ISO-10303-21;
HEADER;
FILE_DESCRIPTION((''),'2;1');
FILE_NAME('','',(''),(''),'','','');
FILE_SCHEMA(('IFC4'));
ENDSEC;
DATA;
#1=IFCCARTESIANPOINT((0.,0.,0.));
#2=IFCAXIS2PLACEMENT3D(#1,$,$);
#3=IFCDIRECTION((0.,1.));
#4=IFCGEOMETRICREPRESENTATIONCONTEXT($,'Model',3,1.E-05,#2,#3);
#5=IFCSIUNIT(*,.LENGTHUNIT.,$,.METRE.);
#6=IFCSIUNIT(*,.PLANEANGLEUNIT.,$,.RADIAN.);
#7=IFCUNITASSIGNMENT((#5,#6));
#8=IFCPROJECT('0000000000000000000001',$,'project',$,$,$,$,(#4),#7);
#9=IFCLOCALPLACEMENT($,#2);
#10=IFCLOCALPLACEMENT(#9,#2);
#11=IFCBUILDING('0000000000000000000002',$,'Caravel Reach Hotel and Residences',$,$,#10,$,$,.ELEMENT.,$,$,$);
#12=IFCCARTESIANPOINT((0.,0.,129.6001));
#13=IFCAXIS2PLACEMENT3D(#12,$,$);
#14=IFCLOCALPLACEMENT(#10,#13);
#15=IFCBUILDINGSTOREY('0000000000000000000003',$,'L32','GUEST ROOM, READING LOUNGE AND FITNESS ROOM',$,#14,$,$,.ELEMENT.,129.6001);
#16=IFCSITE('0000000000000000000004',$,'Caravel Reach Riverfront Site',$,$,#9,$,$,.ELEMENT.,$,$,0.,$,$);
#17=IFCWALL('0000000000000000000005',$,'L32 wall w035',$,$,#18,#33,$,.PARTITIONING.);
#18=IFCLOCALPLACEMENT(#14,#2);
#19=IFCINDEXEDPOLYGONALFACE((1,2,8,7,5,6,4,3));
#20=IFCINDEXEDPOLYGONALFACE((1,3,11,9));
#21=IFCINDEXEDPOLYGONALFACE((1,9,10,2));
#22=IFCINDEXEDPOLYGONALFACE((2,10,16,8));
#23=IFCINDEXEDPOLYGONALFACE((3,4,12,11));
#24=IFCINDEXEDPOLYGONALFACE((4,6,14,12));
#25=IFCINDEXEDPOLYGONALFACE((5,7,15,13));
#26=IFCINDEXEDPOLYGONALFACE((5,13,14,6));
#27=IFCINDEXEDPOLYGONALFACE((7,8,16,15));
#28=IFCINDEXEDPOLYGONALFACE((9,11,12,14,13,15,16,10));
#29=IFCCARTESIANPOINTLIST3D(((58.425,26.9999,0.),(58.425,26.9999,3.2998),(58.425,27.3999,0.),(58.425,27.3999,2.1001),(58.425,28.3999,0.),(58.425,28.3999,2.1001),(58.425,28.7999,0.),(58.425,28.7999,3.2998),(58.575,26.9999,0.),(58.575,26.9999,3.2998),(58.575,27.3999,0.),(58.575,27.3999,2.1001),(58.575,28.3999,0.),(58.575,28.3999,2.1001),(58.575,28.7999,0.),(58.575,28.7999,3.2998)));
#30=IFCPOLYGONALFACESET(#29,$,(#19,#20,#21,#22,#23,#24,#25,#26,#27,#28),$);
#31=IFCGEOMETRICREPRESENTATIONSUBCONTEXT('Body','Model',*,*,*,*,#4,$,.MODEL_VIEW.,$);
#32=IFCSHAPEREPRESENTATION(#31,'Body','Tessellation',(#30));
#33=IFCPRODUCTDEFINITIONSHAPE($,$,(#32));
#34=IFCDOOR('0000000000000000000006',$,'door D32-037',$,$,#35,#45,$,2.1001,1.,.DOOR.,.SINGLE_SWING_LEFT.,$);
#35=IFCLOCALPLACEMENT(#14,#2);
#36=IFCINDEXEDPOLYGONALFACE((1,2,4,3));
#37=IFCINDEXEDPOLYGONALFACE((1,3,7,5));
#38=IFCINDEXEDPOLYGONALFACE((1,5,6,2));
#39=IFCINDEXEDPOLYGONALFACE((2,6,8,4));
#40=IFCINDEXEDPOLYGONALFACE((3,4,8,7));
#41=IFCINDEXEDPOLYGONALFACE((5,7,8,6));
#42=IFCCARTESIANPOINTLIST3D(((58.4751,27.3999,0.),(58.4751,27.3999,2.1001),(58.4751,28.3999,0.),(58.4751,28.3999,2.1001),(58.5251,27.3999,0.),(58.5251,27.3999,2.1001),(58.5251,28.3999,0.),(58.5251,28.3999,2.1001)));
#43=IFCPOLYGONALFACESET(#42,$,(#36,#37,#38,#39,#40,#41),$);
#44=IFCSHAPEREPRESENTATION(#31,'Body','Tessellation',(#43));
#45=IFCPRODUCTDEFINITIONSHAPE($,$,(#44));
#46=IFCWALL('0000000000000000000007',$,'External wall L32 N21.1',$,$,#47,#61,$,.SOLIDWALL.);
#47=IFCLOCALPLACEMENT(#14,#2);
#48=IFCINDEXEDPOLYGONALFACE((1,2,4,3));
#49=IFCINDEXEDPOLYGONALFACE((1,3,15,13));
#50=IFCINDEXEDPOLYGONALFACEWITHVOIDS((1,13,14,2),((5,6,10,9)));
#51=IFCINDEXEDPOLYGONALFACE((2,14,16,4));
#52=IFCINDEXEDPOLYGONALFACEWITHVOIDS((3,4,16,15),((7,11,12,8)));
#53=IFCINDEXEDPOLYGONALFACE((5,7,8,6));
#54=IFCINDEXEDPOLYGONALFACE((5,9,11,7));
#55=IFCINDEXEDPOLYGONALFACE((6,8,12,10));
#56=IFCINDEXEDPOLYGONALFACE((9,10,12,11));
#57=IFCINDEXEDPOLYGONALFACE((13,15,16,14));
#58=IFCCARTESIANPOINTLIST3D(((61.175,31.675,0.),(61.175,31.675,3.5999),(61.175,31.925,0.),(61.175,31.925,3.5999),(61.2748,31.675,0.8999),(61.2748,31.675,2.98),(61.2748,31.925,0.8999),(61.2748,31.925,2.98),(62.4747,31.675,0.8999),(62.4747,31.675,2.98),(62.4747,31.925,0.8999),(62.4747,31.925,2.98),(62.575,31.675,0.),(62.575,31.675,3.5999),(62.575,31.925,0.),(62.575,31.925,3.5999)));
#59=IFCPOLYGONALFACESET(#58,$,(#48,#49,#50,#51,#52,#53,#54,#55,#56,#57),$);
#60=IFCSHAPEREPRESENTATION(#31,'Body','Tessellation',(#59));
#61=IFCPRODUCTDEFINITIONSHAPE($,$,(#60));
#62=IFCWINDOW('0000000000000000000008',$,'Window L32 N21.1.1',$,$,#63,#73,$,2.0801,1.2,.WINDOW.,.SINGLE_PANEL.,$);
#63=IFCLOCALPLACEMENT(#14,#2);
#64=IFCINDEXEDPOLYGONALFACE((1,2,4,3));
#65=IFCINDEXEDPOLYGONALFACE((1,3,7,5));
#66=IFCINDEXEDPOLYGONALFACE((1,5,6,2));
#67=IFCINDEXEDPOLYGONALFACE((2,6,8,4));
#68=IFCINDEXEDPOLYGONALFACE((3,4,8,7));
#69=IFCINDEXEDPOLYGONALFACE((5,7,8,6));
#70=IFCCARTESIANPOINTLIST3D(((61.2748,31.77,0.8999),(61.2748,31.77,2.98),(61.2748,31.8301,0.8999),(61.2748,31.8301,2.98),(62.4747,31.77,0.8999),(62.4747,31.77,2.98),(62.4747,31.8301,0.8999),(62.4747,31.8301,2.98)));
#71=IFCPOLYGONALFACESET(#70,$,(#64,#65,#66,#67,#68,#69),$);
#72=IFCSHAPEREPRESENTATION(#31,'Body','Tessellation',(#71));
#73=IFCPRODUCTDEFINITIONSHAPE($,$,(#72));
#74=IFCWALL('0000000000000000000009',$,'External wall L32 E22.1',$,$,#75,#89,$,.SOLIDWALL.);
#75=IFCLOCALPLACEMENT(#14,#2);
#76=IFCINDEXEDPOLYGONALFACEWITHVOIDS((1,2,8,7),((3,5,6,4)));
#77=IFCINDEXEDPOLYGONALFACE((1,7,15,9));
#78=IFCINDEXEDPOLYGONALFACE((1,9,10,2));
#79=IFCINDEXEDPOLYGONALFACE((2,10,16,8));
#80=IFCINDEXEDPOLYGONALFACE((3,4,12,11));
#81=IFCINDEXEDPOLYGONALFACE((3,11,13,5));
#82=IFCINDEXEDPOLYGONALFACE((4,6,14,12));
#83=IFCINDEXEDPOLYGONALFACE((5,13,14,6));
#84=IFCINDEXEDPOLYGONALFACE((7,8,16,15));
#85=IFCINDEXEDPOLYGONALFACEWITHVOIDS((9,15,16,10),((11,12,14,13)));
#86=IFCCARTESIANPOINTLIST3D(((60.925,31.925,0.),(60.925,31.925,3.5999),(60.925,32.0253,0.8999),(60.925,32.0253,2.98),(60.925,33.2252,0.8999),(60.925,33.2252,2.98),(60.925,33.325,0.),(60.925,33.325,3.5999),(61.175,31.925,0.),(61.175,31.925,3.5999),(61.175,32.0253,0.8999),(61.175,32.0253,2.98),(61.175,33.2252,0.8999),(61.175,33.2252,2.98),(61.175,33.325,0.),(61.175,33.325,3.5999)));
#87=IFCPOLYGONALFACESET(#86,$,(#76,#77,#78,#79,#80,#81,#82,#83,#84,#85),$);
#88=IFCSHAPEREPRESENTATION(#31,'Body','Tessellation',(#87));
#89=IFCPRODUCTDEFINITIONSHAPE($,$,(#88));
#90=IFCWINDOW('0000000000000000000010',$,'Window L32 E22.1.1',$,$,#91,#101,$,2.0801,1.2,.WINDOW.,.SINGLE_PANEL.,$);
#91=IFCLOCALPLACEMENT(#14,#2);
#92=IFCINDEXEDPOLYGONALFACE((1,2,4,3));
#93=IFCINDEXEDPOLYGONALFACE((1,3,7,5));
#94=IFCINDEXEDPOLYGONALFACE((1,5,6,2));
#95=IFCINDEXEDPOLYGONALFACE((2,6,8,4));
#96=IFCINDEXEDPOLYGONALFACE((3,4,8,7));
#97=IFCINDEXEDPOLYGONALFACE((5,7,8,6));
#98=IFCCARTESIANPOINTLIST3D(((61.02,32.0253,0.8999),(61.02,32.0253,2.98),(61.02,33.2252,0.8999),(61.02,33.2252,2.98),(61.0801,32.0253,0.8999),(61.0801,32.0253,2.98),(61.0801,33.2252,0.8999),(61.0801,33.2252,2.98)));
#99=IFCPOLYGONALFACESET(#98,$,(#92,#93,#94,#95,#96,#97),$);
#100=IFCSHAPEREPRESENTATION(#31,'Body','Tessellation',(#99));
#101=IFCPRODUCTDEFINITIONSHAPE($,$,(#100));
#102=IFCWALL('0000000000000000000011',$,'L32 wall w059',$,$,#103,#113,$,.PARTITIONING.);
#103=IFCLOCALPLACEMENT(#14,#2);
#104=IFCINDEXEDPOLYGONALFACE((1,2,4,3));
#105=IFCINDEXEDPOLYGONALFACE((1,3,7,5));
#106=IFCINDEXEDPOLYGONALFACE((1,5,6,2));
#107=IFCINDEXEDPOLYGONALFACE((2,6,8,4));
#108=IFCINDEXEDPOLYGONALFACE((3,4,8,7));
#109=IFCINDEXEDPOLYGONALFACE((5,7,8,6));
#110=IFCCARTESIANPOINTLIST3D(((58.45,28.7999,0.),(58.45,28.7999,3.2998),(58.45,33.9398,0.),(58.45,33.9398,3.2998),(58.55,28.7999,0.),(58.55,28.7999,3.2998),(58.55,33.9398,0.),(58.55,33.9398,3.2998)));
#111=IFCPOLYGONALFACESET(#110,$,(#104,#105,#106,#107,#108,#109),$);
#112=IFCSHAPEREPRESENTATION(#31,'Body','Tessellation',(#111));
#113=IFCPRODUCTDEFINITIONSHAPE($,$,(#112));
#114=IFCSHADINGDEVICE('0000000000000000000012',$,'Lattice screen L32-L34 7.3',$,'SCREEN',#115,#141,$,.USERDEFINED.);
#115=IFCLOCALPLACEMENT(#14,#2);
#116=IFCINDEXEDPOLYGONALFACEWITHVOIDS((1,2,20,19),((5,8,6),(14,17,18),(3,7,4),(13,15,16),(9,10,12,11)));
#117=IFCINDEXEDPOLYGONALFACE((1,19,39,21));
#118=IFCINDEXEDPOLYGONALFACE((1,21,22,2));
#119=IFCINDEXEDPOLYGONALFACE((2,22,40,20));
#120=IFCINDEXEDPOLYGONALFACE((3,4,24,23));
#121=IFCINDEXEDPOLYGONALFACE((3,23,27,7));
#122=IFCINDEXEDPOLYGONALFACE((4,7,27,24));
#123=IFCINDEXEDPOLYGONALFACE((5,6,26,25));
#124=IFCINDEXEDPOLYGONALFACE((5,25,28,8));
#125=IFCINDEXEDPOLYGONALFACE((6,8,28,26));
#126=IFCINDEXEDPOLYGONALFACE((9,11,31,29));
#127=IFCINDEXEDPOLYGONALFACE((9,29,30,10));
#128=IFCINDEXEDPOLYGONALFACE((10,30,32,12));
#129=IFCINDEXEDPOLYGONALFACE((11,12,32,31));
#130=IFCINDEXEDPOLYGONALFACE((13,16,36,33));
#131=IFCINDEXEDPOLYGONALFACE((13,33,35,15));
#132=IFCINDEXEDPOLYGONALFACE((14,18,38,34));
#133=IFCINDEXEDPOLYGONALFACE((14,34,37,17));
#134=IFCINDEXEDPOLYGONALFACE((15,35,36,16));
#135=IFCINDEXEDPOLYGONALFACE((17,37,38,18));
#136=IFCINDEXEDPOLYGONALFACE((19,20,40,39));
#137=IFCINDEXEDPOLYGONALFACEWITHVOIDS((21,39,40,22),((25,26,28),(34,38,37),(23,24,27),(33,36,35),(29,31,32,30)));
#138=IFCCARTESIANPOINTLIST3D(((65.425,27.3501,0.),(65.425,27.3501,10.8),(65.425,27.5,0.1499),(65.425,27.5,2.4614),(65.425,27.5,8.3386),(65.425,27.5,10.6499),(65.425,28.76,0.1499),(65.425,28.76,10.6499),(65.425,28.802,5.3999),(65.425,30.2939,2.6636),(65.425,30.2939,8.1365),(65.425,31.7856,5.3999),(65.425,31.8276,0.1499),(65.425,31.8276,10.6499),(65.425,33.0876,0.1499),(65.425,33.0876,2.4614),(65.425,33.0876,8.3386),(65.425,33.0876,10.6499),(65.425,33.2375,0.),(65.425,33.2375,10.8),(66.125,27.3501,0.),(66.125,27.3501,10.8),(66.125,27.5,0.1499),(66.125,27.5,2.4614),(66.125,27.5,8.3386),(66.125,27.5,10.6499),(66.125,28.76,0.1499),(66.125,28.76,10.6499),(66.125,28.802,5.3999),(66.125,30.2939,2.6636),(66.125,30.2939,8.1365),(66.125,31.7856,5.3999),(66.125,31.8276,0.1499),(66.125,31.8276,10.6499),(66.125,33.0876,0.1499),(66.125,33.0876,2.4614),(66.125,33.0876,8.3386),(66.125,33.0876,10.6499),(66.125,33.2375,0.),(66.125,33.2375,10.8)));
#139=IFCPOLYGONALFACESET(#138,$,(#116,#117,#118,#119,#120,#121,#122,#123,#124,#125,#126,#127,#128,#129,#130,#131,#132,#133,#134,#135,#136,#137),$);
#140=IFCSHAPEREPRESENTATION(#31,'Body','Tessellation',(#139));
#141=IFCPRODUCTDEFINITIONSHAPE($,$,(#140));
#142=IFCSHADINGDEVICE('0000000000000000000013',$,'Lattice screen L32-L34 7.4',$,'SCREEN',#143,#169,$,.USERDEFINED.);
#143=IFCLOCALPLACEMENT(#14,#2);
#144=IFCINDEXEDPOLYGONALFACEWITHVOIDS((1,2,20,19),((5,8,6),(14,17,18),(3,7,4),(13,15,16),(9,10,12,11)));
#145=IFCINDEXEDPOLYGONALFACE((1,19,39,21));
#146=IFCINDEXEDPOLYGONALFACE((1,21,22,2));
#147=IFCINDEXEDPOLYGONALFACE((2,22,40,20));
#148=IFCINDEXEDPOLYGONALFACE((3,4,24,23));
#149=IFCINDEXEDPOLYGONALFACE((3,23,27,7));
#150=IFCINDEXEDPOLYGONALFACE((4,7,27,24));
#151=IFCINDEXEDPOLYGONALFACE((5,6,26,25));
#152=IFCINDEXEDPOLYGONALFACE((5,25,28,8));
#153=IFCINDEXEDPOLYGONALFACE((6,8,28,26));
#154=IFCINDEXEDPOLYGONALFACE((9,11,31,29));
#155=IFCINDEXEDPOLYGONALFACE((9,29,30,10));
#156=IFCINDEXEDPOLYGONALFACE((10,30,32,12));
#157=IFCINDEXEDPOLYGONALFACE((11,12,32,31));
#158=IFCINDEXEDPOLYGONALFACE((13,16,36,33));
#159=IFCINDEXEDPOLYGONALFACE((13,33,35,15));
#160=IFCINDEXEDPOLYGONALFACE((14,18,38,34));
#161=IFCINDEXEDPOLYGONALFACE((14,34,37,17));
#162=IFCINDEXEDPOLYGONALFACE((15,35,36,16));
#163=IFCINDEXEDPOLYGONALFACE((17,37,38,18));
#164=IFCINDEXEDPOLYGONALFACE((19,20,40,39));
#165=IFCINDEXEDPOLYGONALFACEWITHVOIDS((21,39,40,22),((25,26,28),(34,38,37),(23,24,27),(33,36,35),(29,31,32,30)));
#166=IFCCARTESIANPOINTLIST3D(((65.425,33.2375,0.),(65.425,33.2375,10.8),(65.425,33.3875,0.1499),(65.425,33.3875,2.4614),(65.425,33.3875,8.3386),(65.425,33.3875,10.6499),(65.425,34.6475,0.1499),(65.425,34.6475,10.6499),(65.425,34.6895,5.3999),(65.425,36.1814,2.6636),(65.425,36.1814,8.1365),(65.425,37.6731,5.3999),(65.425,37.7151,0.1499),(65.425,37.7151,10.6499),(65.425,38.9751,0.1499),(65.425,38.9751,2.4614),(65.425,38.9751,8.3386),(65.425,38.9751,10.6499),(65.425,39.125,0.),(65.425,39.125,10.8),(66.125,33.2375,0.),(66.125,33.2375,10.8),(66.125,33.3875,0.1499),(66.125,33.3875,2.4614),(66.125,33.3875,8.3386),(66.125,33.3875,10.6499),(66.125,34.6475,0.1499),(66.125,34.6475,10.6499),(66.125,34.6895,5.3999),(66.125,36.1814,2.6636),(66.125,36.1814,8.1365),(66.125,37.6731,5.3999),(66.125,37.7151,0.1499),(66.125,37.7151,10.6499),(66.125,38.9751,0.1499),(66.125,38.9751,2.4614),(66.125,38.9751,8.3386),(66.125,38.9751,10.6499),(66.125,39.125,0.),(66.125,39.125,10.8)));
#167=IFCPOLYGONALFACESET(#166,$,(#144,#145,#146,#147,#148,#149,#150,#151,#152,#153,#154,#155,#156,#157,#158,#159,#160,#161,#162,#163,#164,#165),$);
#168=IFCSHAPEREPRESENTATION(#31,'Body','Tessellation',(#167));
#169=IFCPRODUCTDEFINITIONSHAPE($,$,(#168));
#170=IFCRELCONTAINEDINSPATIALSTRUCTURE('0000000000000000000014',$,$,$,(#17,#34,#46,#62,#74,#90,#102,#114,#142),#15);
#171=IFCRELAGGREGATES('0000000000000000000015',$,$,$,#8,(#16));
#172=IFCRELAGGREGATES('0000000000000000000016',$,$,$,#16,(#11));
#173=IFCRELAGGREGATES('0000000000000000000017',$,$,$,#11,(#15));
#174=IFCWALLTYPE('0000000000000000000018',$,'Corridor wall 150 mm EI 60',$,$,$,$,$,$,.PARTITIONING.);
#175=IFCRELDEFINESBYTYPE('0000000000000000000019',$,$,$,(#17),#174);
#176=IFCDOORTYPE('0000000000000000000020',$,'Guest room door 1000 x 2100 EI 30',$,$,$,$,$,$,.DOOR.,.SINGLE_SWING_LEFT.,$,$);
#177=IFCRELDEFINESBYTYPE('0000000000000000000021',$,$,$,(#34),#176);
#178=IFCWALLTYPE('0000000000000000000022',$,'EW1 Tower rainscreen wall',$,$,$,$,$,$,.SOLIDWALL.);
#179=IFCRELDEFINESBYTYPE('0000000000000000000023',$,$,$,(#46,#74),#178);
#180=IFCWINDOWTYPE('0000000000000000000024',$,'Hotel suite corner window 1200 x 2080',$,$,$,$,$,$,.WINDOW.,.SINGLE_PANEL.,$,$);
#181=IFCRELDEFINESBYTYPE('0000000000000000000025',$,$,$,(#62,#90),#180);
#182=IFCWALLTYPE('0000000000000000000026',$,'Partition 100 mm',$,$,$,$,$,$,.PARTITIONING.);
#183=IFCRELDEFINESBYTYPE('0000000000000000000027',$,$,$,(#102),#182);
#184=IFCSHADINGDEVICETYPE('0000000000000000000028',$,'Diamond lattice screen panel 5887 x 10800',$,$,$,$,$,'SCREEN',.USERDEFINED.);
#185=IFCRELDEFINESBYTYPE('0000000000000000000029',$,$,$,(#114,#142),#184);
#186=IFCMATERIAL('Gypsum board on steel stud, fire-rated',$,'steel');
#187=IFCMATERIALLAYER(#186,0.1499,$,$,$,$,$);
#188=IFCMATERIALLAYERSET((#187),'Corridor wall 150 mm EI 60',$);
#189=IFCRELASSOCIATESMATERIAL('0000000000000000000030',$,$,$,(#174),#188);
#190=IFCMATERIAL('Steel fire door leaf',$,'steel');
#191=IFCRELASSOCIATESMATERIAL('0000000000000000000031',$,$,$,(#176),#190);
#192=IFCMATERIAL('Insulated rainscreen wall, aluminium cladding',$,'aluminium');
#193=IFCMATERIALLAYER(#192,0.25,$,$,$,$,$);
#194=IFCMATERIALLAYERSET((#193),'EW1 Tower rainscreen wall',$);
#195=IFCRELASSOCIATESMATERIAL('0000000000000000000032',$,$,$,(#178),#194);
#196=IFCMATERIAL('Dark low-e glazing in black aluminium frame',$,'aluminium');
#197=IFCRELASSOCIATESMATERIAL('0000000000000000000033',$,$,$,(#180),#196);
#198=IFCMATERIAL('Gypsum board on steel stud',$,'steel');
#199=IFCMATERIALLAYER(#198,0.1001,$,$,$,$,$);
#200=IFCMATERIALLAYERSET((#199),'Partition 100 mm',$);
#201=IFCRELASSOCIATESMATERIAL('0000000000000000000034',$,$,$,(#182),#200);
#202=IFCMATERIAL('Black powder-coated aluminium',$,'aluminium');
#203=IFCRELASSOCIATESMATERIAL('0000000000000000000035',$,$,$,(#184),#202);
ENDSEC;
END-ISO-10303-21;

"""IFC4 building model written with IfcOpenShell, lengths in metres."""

from ifc_helpers import new_model, si_unit, direction, frame, frame_2d, origin, place, context, subcontext, project, spatial, polyline, rectangle, outline, extrude, material, layer, layer_set, type_object, element, fill, save


model = new_model("IFC4")

# Units and contexts
model_context = context("Model", 3, precision=1e-05, world=origin(), true_north=direction((0.0, 1.0)))
body_context = subcontext(model_context, "Body", "Model", "MODEL_VIEW")
ifc_project = project(units=[si_unit("LENGTHUNIT", "METRE"), si_unit("PLANEANGLEUNIT", "RADIAN")], contexts=[model_context])

# Site, building, storey
site_placement = place(None, origin())
site = spatial("IfcSite", under=ifc_project, at=site_placement, Name="Caravel Reach Riverfront Site", CompositionType="ELEMENT", RefElevation=0.0)
building_placement = place(site_placement, origin())
building = spatial("IfcBuilding", under=site, at=building_placement, Name="Caravel Reach Hotel and Residences", CompositionType="ELEMENT")
storey_placement = place(building_placement, frame((0.0, 0.0, 129.6001)))
storey = spatial("IfcBuildingStorey", under=building, at=storey_placement, Name="L32", Description="GUEST ROOM, READING LOUNGE AND FITNESS ROOM", CompositionType="ELEMENT", Elevation=129.6001)

# Wall, opening, door
ifc_material_1 = material(Name="Gypsum board on steel stud, fire-rated", Category="steel")
ifc_layer_1 = layer(ifc_material_1, 0.1499)
ifc_layer_set_1 = layer_set([ifc_layer_1], Name="Corridor wall 150 mm EI 60")
wall_type_1 = type_object("IfcWallType", Name="Corridor wall 150 mm EI 60", PredefinedType="PARTITIONING", material=ifc_layer_set_1)
wall_1_placement = place(storey_placement, frame((58.5, 27.0, 0.0), z_axis=(0.0, 0.0, 1.0), x_axis=(0.0, 1.0, 0.0)))
wall_1 = element("IfcWall", 1, at=wall_1_placement, inside=storey, type_object=wall_type_1, Name="L32 wall w035", PredefinedType="PARTITIONING", context=body_context, shape_type="SweptSolid", body=[
    extrude(rectangle(XDim=1.8, YDim=0.1499, at=frame_2d((0.8999, 0.0))), origin(), (0.0, 0.0, 1.0), 3.2998),
])
opening_1_placement = place(wall_1_placement, frame((0.3999, 0.0, 0.0)))
opening_1 = element("IfcOpeningElement", 2, at=opening_1_placement, cuts=wall_1, PredefinedType="OPENING", context=body_context, shape_type="SweptSolid", body=[
    extrude(rectangle(XDim=1.0, YDim=2.1001, at=frame_2d((0.5, 1.05))), frame((0.0, 0.085, 0.0), z_axis=(0.0, -1.0, 0.0), x_axis=(1.0, 0.0, 0.0)), (0.0, 0.0, 1.0), 0.1699),
])
ifc_material_2 = material(Name="Steel fire door leaf", Category="steel")
door_type = type_object("IfcDoorType", Name="Guest room door 1000 x 2100 EI 30", OperationType="SINGLE_SWING_LEFT", PredefinedType="DOOR", material=ifc_material_2)
door_placement = place(opening_1_placement, origin())
door = element("IfcDoor", 3, at=door_placement, inside=storey, type_object=door_type, Name="door D32-037", OperationType="SINGLE_SWING_LEFT", OverallHeight=2.1001, OverallWidth=1.0, PredefinedType="DOOR", context=body_context, shape_type="SweptSolid", body=[
    extrude(rectangle(XDim=1.0, YDim=2.1001, at=frame_2d((0.5, 1.05))), frame((0.0, 0.0249, 0.0), z_axis=(0.0, -1.0, 0.0), x_axis=(1.0, 0.0, 0.0)), (0.0, 0.0, 1.0), 0.05),
])
fill(opening_1, door)

# Walls, openings, windows
ifc_material_3 = material(Name="Insulated rainscreen wall, aluminium cladding", Category="aluminium")
ifc_layer_2 = layer(ifc_material_3, 0.25)
ifc_layer_set_2 = layer_set([ifc_layer_2], Name="EW1 Tower rainscreen wall")
wall_type_2 = type_object("IfcWallType", Name="EW1 Tower rainscreen wall", PredefinedType="SOLIDWALL", material=ifc_layer_set_2)
wall_2_placement = place(storey_placement, frame((62.575, 31.8, 0.0), z_axis=(0.0, 0.0, 1.0), x_axis=(-1.0, 0.0, 0.0)))
wall_2 = element("IfcWall", 4, at=wall_2_placement, inside=storey, type_object=wall_type_2, Name="External wall L32 N21.1", PredefinedType="SOLIDWALL", context=body_context, shape_type="SweptSolid", body=[
    extrude(rectangle(XDim=1.3999, YDim=0.25, at=frame_2d((0.7, 0.0))), origin(), (0.0, 0.0, 1.0), 3.5999),
])
opening_2_placement = place(wall_2_placement, frame((0.1001, 0.0, 0.8999)))
opening_2 = element("IfcOpeningElement", 5, at=opening_2_placement, cuts=wall_2, PredefinedType="OPENING", context=body_context, shape_type="SweptSolid", body=[
    extrude(rectangle(XDim=1.2, YDim=2.0801, at=frame_2d((0.6001, 1.04))), frame((0.0, 0.135, 0.0), z_axis=(0.0, -1.0, 0.0), x_axis=(1.0, 0.0, 0.0)), (0.0, 0.0, 1.0), 0.27),
])
ifc_material_4 = material(Name="Dark low-e glazing in black aluminium frame", Category="aluminium")
window_type = type_object("IfcWindowType", Name="Hotel suite corner window 1200 x 2080", PartitioningType="SINGLE_PANEL", PredefinedType="WINDOW", material=ifc_material_4)
window_1_placement = place(opening_2_placement, origin())
window_1 = element("IfcWindow", 6, at=window_1_placement, inside=storey, type_object=window_type, Name="Window L32 N21.1.1", OverallHeight=2.0801, OverallWidth=1.2, PartitioningType="SINGLE_PANEL", PredefinedType="WINDOW", context=body_context, shape_type="SweptSolid", body=[
    extrude(rectangle(XDim=1.2, YDim=2.0801, at=frame_2d((0.6001, 1.04))), frame((0.0, 0.03, 0.0), z_axis=(0.0, -1.0, 0.0), x_axis=(1.0, 0.0, 0.0)), (0.0, 0.0, 1.0), 0.0601),
])
fill(opening_2, window_1)
wall_3_placement = place(storey_placement, frame((61.05, 31.925, 0.0), z_axis=(0.0, 0.0, 1.0), x_axis=(0.0, 1.0, 0.0)))
wall_3 = element("IfcWall", 7, at=wall_3_placement, inside=storey, type_object=wall_type_2, Name="External wall L32 E22.1", PredefinedType="SOLIDWALL", context=body_context, shape_type="SweptSolid", body=[
    extrude(rectangle(XDim=1.3999, YDim=0.25, at=frame_2d((0.7, 0.0))), origin(), (0.0, 0.0, 1.0), 3.5999),
])
opening_3_placement = place(wall_3_placement, frame((0.1001, 0.0, 0.8999)))
opening_3 = element("IfcOpeningElement", 8, at=opening_3_placement, cuts=wall_3, PredefinedType="OPENING", context=body_context, shape_type="SweptSolid", body=[
    extrude(rectangle(XDim=1.2, YDim=2.0801, at=frame_2d((0.6001, 1.04))), frame((0.0, 0.135, 0.0), z_axis=(0.0, -1.0, 0.0), x_axis=(1.0, 0.0, 0.0)), (0.0, 0.0, 1.0), 0.27),
])
window_2_placement = place(opening_3_placement, origin())
window_2 = element("IfcWindow", 9, at=window_2_placement, inside=storey, type_object=window_type, Name="Window L32 E22.1.1", OverallHeight=2.0801, OverallWidth=1.2, PartitioningType="SINGLE_PANEL", PredefinedType="WINDOW", context=body_context, shape_type="SweptSolid", body=[
    extrude(rectangle(XDim=1.2, YDim=2.0801, at=frame_2d((0.6001, 1.04))), frame((0.0, 0.03, 0.0), z_axis=(0.0, -1.0, 0.0), x_axis=(1.0, 0.0, 0.0)), (0.0, 0.0, 1.0), 0.0601),
])
fill(opening_3, window_2)

# Wall
ifc_material_5 = material(Name="Gypsum board on steel stud", Category="steel")
ifc_layer_3 = layer(ifc_material_5, 0.1001)
ifc_layer_set_3 = layer_set([ifc_layer_3], Name="Partition 100 mm")
wall_type_3 = type_object("IfcWallType", Name="Partition 100 mm", PredefinedType="PARTITIONING", material=ifc_layer_set_3)
wall_4_placement = place(storey_placement, frame((58.5, 28.8, 0.0), z_axis=(0.0, 0.0, 1.0), x_axis=(0.0, 1.0, 0.0)))
element("IfcWall", 10, at=wall_4_placement, inside=storey, type_object=wall_type_3, Name="L32 wall w059", PredefinedType="PARTITIONING", context=body_context, shape_type="SweptSolid", body=[
    extrude(rectangle(XDim=5.1399, YDim=0.1001, at=frame_2d((2.5698, 0.0))), origin(), (0.0, 0.0, 1.0), 3.2998),
])

# Shading devices
ifc_material_6 = material(Name="Black powder-coated aluminium", Category="aluminium")
shading_device_type = type_object("IfcShadingDeviceType", Name="Diamond lattice screen panel 5887 x 10800", ElementType="SCREEN", PredefinedType="USERDEFINED", material=ifc_material_6)
for number, where, z_axis, x_axis, name in (
    (11, (65.425, 27.3501, 0.0), (1.0, 0.0, 0.0), (0.0, 1.0, 0.0), "Lattice screen L32-L34 7.3"),
    (12, (65.425, 33.2375, 0.0), (1.0, 0.0, 0.0), (0.0, 1.0, 0.0), "Lattice screen L32-L34 7.4"),
):
    element("IfcShadingDevice", number, at=place(storey_placement, frame(where, z_axis=z_axis, x_axis=x_axis)), inside=storey, type_object=shading_device_type, Name=name, ObjectType="SCREEN", PredefinedType="USERDEFINED", context=body_context, shape_type="SweptSolid", body=[
        extrude(outline(polyline([(0.0, 0.0), (5.8875, 0.0), (5.8875, 10.8), (0.0, 10.8), (0.0, 0.0)]), holes=[polyline([(1.4099, 0.1499), (0.1499, 2.4614), (0.1499, 0.1499), (1.4099, 0.1499)]), polyline([(0.1499, 8.3386), (1.4099, 10.6499), (0.1499, 10.6499), (0.1499, 8.3386)]), polyline([(2.9438, 8.1365), (1.4519, 5.3999), (2.9438, 2.6636), (4.4355, 5.3999), (2.9438, 8.1365)]), polyline([(5.7375, 2.4614), (4.4775, 0.1499), (5.7375, 0.1499), (5.7375, 2.4614)]), polyline([(4.4775, 10.6499), (5.7375, 8.3386), (5.7375, 10.6499), (4.4775, 10.6499)])]), origin(), (0.0, 0.0, 1.0), 0.7),
    ])

save(model, "model.ifc")
